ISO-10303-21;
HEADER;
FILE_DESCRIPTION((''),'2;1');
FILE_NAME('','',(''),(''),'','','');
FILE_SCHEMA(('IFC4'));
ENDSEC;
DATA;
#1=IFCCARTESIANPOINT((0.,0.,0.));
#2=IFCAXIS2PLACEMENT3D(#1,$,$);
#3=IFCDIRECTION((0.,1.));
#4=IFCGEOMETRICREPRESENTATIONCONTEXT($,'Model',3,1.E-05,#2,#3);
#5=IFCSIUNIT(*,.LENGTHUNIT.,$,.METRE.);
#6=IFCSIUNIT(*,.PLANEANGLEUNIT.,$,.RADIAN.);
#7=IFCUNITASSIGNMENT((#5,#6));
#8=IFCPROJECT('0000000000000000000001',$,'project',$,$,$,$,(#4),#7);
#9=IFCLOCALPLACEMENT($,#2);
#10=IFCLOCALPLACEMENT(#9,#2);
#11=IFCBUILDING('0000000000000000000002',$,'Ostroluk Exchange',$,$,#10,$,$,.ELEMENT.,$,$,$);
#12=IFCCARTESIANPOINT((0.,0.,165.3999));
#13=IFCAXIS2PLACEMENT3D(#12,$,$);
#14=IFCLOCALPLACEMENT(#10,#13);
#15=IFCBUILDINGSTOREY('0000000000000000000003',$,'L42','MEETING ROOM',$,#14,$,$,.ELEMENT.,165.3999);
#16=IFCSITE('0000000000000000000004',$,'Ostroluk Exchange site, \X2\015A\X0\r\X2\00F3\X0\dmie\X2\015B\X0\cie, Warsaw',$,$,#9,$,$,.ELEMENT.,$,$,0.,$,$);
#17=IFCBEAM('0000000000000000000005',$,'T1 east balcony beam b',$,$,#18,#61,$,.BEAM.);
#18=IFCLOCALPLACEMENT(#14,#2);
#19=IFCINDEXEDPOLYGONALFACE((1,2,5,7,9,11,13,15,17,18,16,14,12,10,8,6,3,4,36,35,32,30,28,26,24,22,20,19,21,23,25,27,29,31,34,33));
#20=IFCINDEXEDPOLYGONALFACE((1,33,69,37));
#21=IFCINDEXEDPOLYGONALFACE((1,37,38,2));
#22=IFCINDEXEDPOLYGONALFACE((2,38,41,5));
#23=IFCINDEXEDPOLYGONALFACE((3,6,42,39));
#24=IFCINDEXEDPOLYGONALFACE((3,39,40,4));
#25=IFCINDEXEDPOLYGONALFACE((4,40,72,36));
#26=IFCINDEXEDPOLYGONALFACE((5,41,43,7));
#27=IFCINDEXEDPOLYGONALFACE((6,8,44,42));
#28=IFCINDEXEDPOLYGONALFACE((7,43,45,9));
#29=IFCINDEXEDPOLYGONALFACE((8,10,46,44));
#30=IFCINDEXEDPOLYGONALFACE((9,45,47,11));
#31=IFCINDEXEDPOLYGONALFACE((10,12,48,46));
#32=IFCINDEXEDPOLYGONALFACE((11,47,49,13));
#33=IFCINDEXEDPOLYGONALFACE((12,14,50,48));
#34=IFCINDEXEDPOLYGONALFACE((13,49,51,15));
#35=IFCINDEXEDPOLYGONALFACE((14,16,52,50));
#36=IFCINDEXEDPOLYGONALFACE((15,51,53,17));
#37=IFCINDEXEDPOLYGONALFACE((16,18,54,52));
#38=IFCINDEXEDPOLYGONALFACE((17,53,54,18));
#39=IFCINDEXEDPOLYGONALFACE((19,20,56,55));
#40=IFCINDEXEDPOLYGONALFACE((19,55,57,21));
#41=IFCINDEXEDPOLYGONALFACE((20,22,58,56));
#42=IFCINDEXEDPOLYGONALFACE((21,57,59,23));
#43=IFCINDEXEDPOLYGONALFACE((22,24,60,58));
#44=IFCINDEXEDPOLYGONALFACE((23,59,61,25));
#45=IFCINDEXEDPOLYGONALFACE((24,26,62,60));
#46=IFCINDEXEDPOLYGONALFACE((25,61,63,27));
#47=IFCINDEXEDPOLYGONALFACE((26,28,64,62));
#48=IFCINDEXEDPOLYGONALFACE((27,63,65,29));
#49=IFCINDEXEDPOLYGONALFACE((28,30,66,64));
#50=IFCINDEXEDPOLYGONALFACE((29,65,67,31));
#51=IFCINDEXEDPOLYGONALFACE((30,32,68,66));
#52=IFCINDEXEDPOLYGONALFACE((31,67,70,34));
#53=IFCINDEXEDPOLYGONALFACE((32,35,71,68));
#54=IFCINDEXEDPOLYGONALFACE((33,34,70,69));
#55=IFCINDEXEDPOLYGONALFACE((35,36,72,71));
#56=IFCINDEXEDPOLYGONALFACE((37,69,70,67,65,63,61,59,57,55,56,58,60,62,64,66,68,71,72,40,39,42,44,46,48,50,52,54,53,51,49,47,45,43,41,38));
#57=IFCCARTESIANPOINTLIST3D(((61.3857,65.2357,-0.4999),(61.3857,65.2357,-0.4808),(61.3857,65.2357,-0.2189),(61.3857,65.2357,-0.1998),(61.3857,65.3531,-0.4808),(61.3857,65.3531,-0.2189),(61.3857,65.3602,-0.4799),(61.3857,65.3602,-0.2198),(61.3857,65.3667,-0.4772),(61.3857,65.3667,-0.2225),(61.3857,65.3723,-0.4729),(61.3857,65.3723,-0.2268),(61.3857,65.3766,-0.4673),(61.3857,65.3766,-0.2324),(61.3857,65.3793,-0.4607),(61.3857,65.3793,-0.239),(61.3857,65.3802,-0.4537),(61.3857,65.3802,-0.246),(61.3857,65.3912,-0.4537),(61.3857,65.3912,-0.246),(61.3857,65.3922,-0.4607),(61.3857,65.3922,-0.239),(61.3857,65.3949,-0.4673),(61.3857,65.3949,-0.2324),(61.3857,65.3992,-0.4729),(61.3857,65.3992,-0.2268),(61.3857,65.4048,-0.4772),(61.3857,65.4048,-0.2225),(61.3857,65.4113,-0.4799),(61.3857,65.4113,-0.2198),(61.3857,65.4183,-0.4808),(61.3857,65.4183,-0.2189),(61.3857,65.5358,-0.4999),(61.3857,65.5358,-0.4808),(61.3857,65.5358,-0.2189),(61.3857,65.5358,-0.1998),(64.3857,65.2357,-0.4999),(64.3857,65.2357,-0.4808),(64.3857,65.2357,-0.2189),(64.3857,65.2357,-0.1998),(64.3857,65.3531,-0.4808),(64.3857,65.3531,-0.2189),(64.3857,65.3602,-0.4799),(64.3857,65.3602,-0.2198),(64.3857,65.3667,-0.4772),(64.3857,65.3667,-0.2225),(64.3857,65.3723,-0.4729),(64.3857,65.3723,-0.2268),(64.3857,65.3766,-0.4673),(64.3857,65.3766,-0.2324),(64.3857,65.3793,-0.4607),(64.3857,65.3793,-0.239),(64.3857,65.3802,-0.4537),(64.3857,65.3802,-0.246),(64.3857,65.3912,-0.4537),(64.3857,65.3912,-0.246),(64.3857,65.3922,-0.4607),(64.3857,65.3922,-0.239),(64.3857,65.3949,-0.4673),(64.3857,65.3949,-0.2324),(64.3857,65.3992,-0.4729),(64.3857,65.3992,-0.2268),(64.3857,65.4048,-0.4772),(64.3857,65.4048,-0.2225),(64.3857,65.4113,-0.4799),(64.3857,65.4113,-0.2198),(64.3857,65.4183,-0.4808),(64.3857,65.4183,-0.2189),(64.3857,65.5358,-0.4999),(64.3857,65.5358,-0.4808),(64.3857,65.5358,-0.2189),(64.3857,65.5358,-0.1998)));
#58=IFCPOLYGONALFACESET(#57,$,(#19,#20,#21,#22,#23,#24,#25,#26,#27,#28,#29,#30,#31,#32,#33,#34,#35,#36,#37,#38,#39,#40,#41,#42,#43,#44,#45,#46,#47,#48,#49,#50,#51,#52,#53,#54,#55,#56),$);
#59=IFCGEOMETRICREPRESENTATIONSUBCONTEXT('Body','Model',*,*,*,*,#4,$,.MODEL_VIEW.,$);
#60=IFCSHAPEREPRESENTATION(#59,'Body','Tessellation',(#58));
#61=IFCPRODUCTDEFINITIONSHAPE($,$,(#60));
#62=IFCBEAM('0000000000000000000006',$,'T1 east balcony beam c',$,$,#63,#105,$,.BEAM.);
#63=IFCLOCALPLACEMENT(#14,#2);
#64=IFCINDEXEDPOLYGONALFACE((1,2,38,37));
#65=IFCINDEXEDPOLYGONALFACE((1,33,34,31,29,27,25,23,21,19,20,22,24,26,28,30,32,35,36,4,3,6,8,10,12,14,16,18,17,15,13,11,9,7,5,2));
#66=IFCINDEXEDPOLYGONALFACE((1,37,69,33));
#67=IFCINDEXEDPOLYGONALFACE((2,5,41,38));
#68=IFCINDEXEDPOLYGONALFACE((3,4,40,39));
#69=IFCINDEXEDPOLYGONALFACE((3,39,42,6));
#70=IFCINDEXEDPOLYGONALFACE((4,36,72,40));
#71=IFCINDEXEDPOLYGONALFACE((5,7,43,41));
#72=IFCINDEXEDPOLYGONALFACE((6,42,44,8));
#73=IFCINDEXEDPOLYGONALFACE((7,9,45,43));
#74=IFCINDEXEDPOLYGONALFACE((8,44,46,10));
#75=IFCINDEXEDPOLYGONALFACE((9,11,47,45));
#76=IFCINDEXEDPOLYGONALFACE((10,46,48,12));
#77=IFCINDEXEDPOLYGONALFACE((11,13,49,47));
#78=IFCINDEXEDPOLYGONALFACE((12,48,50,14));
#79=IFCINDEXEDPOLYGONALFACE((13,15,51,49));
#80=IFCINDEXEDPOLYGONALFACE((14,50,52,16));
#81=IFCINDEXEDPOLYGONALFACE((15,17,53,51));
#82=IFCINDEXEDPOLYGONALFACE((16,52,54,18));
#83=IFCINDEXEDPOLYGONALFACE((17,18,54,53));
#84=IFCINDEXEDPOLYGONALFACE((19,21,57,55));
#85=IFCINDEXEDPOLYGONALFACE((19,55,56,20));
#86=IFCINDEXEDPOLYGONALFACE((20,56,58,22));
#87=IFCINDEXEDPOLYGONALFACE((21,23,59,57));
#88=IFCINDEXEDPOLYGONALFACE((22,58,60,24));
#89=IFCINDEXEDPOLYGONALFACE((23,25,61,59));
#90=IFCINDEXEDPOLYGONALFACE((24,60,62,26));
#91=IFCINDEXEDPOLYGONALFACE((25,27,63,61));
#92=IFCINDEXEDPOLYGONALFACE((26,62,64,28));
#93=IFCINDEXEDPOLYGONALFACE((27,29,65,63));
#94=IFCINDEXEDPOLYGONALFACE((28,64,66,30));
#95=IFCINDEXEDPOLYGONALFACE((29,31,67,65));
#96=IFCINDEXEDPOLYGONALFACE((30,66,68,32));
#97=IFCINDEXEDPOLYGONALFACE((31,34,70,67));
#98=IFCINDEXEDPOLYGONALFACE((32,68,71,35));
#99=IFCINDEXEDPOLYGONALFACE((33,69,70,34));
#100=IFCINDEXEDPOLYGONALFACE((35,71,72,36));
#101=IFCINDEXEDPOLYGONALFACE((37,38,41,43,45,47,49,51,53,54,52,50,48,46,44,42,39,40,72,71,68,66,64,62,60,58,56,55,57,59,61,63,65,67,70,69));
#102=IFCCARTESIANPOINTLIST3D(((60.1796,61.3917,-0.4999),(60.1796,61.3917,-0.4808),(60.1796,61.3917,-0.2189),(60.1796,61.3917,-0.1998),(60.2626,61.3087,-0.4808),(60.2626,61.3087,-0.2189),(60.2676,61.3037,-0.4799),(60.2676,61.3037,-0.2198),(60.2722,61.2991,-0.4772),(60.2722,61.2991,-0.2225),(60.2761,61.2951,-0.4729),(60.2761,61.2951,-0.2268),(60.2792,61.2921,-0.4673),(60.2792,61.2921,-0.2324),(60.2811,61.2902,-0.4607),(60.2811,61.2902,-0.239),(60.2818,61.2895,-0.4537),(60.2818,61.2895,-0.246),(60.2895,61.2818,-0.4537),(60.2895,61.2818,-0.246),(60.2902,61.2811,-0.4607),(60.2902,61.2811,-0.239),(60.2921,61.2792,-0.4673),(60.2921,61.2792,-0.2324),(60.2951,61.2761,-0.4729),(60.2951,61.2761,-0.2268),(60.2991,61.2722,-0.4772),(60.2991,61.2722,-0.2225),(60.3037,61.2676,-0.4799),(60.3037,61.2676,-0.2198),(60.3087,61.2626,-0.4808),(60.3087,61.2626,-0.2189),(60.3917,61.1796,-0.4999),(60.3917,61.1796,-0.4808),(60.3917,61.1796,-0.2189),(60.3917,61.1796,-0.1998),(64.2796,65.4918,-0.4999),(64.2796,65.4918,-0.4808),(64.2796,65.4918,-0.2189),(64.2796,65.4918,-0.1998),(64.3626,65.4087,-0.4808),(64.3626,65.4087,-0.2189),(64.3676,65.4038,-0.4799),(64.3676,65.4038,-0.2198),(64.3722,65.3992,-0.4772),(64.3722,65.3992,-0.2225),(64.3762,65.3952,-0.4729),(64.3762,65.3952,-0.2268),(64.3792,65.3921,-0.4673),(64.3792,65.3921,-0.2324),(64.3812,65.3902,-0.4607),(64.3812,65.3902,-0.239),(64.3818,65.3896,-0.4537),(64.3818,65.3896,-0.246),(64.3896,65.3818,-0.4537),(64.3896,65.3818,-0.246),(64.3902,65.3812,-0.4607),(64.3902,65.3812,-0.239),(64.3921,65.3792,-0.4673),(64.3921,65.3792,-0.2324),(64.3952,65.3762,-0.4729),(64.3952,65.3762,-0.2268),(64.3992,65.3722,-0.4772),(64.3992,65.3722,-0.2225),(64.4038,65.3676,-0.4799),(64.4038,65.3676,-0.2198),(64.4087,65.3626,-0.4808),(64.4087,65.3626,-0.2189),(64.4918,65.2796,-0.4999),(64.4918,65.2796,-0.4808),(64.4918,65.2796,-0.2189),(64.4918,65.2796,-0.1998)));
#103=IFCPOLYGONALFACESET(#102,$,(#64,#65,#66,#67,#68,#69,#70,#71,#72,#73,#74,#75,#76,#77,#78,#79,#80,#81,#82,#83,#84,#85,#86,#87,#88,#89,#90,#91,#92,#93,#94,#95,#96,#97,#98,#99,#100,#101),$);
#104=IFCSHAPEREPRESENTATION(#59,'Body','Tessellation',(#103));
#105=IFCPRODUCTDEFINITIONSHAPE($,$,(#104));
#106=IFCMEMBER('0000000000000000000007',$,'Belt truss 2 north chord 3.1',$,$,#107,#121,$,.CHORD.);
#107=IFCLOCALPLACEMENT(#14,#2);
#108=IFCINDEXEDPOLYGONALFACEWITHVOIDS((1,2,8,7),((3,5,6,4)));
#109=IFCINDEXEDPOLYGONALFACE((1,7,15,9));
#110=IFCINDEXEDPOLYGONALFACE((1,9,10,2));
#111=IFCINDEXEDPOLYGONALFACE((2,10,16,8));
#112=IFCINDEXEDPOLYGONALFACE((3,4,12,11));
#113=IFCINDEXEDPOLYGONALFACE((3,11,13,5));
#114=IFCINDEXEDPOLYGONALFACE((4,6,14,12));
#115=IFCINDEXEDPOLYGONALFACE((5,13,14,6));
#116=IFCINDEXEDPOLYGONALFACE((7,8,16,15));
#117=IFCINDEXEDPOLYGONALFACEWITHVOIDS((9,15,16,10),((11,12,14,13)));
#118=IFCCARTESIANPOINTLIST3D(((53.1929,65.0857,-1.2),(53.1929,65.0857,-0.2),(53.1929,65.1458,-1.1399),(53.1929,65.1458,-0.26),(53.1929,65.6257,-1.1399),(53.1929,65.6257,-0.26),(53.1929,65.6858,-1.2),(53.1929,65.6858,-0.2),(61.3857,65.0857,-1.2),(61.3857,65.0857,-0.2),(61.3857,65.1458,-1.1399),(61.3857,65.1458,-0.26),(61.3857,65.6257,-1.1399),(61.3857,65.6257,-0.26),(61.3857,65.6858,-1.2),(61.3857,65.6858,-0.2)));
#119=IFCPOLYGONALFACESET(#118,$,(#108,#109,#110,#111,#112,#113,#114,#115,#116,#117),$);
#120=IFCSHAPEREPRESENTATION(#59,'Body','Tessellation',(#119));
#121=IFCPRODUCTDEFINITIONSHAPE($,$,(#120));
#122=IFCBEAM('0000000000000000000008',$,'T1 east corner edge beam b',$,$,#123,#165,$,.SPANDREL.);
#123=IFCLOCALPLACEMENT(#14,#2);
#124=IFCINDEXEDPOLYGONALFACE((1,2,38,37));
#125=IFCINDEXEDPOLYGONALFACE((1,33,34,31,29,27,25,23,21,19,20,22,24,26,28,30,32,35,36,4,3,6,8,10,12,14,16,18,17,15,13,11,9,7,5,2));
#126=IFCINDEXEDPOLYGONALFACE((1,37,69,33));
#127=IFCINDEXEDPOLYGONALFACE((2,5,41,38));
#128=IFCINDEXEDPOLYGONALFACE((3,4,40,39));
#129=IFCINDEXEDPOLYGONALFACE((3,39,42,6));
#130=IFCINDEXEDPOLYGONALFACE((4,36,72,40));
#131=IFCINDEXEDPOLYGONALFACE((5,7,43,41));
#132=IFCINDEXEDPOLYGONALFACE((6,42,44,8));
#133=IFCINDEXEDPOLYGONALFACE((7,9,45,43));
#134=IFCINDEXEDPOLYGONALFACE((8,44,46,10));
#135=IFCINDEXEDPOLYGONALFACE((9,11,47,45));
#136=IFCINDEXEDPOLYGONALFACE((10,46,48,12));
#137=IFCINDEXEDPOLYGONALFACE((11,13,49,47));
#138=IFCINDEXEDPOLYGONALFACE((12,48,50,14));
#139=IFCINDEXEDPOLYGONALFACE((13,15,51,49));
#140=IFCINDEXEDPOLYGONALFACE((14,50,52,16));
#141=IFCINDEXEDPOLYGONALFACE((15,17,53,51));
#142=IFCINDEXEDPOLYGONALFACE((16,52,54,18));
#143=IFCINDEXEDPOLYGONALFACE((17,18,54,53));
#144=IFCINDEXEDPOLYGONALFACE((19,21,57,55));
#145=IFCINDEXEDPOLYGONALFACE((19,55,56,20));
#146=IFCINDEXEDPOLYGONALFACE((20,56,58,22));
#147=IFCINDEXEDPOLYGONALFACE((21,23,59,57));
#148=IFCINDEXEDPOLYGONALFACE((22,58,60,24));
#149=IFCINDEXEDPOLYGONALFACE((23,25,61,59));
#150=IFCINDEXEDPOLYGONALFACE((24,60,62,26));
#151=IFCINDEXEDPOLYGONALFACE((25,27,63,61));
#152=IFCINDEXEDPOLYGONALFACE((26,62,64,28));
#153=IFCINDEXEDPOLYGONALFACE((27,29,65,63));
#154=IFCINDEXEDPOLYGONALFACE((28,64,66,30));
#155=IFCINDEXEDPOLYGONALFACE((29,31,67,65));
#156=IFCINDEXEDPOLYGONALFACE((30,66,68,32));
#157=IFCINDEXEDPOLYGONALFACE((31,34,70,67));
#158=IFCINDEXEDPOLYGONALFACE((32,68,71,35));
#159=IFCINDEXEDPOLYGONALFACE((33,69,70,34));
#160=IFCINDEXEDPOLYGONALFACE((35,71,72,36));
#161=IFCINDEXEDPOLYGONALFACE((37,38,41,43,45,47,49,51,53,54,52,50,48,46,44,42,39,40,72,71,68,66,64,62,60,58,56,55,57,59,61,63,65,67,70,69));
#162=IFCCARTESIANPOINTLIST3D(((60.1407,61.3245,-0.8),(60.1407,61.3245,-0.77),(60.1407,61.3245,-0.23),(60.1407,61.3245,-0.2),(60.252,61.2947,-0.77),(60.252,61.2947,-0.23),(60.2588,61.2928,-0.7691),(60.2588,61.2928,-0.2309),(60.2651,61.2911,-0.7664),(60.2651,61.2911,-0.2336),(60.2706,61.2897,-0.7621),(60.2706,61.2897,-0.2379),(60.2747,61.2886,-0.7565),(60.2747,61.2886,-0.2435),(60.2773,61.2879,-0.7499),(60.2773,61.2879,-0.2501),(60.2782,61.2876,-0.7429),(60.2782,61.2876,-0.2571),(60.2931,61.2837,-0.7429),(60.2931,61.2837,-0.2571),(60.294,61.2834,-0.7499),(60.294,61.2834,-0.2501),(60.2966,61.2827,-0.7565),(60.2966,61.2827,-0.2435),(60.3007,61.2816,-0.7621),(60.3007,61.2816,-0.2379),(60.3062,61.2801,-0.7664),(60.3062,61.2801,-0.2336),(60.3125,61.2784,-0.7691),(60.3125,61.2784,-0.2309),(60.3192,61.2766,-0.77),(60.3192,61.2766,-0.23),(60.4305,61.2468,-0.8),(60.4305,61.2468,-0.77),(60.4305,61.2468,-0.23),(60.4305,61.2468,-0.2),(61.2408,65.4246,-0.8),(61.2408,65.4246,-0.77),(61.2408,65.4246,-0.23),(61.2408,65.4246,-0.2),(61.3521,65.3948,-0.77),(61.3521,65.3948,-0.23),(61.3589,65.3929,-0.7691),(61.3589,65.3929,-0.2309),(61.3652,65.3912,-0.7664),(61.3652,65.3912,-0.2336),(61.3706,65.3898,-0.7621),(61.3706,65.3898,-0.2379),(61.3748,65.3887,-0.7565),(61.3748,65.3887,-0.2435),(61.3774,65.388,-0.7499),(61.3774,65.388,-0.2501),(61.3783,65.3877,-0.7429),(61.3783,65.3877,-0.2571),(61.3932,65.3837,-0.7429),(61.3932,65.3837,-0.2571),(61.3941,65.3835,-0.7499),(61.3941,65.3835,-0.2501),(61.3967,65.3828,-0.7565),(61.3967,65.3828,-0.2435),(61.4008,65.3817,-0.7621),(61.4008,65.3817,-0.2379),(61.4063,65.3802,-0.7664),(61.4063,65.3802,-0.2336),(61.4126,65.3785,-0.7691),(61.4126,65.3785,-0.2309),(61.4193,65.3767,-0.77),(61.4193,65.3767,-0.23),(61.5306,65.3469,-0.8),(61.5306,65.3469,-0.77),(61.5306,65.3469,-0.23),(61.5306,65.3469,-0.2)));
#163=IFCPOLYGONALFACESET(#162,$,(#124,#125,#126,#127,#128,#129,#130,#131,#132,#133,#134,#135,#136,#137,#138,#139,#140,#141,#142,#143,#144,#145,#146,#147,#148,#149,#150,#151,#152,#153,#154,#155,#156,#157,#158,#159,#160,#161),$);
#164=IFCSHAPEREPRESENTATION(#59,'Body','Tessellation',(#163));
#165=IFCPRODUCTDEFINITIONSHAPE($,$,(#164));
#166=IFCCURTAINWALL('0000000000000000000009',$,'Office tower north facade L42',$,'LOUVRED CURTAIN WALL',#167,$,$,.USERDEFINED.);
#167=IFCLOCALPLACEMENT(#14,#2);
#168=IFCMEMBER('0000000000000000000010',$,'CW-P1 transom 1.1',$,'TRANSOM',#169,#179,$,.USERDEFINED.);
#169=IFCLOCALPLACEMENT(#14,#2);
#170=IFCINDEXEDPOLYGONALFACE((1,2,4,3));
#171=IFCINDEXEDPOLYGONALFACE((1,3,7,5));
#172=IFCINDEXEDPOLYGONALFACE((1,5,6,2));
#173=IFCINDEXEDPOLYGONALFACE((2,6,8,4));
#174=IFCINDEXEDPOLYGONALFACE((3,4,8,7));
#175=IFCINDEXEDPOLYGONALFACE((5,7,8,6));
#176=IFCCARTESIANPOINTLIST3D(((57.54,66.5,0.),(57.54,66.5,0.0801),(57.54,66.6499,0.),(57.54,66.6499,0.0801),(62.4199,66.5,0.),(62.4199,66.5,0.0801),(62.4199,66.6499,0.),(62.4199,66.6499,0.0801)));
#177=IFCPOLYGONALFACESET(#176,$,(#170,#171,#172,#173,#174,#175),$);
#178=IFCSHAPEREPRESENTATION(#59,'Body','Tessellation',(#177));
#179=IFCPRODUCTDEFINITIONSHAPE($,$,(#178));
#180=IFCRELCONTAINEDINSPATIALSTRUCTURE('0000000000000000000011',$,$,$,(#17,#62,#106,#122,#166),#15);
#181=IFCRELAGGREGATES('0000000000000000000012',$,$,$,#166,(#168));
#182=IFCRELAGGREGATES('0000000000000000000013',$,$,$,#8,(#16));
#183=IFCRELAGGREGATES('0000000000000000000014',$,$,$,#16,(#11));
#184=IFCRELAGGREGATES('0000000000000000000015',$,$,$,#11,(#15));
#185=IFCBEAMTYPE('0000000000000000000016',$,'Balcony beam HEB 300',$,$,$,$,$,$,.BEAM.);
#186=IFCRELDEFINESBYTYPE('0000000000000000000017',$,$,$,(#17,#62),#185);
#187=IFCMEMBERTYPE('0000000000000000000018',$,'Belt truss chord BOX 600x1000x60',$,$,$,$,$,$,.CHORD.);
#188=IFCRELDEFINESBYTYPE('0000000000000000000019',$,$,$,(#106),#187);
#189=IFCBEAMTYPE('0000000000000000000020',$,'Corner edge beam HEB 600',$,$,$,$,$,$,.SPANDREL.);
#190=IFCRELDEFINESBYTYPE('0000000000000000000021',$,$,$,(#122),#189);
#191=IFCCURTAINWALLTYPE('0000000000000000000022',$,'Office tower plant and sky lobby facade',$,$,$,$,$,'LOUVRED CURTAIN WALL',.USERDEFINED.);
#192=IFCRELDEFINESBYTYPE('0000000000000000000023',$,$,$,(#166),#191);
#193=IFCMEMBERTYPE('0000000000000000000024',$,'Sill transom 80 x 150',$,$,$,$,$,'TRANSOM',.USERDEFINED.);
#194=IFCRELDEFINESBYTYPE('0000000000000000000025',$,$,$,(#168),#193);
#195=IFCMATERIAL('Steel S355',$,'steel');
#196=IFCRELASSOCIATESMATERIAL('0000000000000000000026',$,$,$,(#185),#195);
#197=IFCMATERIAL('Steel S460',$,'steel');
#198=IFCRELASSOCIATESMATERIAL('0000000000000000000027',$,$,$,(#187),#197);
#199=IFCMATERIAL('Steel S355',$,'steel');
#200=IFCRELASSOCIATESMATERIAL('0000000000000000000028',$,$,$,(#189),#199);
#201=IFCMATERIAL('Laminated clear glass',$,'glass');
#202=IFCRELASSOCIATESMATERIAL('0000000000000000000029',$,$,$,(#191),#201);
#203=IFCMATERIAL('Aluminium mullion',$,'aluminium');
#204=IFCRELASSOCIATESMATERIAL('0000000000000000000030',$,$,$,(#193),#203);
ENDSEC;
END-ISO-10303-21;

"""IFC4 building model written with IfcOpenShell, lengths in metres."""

from ifc_helpers import new_model, si_unit, direction, frame, origin, origin_2d, place, context, subcontext, project, spatial, rectangle, hollow_rectangle, i_section, extrude, material, material_profile, profile_set, type_object, element, aggregate, save


model = new_model("IFC4")

# Units and contexts
model_context = context("Model", 3, precision=1e-05, world=origin(), true_north=direction((0.0, 1.0)))
body_context = subcontext(model_context, "Body", "Model", "MODEL_VIEW")
ifc_project = project(units=[si_unit("LENGTHUNIT", "METRE"), si_unit("PLANEANGLEUNIT", "RADIAN")], contexts=[model_context])

# Site, building, storey
site_placement = place(None, origin())
site = spatial("IfcSite", under=ifc_project, at=site_placement, Name="Ostroluk Exchange site, Śródmieście, Warsaw", CompositionType="ELEMENT", RefElevation=0.0)
building_placement = place(site_placement, origin())
building = spatial("IfcBuilding", under=site, at=building_placement, Name="Ostroluk Exchange", CompositionType="ELEMENT")
storey_placement = place(building_placement, frame((0.0, 0.0, 165.3999)))
storey = spatial("IfcBuildingStorey", under=building, at=storey_placement, Name="L42", Description="MEETING ROOM", CompositionType="ELEMENT", Elevation=165.3999)

# Beams
ifc_material_1 = material(Name="Steel S355", Category="steel")
ifc_material_profile_1 = material_profile(ifc_material_1, i_section(OverallWidth=0.3, OverallDepth=0.3, WebThickness=0.011, FlangeThickness=0.019, FilletRadius=0.0271, at=origin_2d()), Name="HEB 300")
ifc_profile_set_1 = profile_set([ifc_material_profile_1], Name="Steel S355")
beam_type_1 = type_object("IfcBeamType", Name="Balcony beam HEB 300", PredefinedType="BEAM", material=ifc_profile_set_1)
for number, where, z_axis, x_axis, name in (
    (1, (61.3857, 65.3857, -0.3499), (1.0, 0.0, 0.0), (0.0, 1.0, 0.0), "T1 east balcony beam b"),
):
    element("IfcBeam", number, at=place(storey_placement, frame(where, z_axis=z_axis, x_axis=x_axis)), inside=storey, type_object=beam_type_1, Name=name, PredefinedType="BEAM", context=body_context, shape_type="SweptSolid", body=[
        extrude(i_section(OverallWidth=0.3, OverallDepth=0.3, WebThickness=0.011, FlangeThickness=0.019, FilletRadius=0.0271, at=origin_2d()), origin(), (0.0, 0.0, 1.0), 3.0),
    ])
beam_1_placement = place(storey_placement, frame((60.2856, 61.2856, -0.3499), z_axis=(0.707107, 0.707107, 0.0), x_axis=(-0.707107, 0.707107, 0.0)))
element("IfcBeam", 2, at=beam_1_placement, inside=storey, type_object=beam_type_1, Name="T1 east balcony beam c", PredefinedType="BEAM", context=body_context, shape_type="SweptSolid", body=[
    extrude(i_section(OverallWidth=0.3, OverallDepth=0.3, WebThickness=0.011, FlangeThickness=0.019, FilletRadius=0.0271, at=origin_2d()), origin(), (0.0, 0.0, 1.0), 5.7983),
])

# Member
ifc_material_2 = material(Name="Steel S460", Category="steel")
ifc_material_profile_2 = material_profile(ifc_material_2, hollow_rectangle(XDim=0.6001, YDim=1.0, WallThickness=0.0601, at=origin_2d()), Name="BOX 600x1000x60")
ifc_profile_set_2 = profile_set([ifc_material_profile_2], Name="Steel S460")
member_type_1 = type_object("IfcMemberType", Name="Belt truss chord BOX 600x1000x60", PredefinedType="CHORD", material=ifc_profile_set_2)
member_1_placement = place(storey_placement, frame((61.3857, 65.3857, -0.7), z_axis=(-1.0, 0.0, 0.0), x_axis=(0.0, -1.0, 0.0)))
element("IfcMember", 3, at=member_1_placement, inside=storey, type_object=member_type_1, Name="Belt truss 2 north chord 3.1", PredefinedType="CHORD", context=body_context, shape_type="SweptSolid", body=[
    extrude(hollow_rectangle(XDim=0.6001, YDim=1.0, WallThickness=0.0601, at=origin_2d()), origin(), (0.0, 0.0, 1.0), 8.1929),
])

# Beam
ifc_material_3 = material(Name="Steel S355", Category="steel")
ifc_material_profile_3 = material_profile(ifc_material_3, i_section(OverallWidth=0.3, OverallDepth=0.6001, WebThickness=0.0154, FlangeThickness=0.03, FilletRadius=0.0271, at=origin_2d()), Name="HEB 600")
ifc_profile_set_3 = profile_set([ifc_material_profile_3], Name="Steel S355")
beam_type_2 = type_object("IfcBeamType", Name="Corner edge beam HEB 600", PredefinedType="SPANDREL", material=ifc_profile_set_3)
beam_2_placement = place(storey_placement, frame((60.2856, 61.2856, -0.5), z_axis=(0.259144, 0.965839, 0.0), x_axis=(-0.965839, 0.259144, 0.0)))
element("IfcBeam", 4, at=beam_2_placement, inside=storey, type_object=beam_type_2, Name="T1 east corner edge beam b", PredefinedType="SPANDREL", context=body_context, shape_type="SweptSolid", body=[
    extrude(i_section(OverallWidth=0.3, OverallDepth=0.6001, WebThickness=0.0154, FlangeThickness=0.03, FilletRadius=0.0271, at=origin_2d()), origin(), (0.0, 0.0, 1.0), 4.2451),
])

# Curtain wall, member
ifc_material_4 = material(Name="Laminated clear glass", Category="glass")
curtain_wall_type = type_object("IfcCurtainWallType", Name="Office tower plant and sky lobby facade", ElementType="LOUVRED CURTAIN WALL", PredefinedType="USERDEFINED", material=ifc_material_4)
curtain_wall_1_placement = place(storey_placement, origin())
curtain_wall_1 = element("IfcCurtainWall", 5, at=curtain_wall_1_placement, inside=storey, type_object=curtain_wall_type, Name="Office tower north facade L42", ObjectType="LOUVRED CURTAIN WALL", PredefinedType="USERDEFINED")
ifc_material_5 = material(Name="Aluminium mullion", Category="aluminium")
ifc_material_profile_4 = material_profile(ifc_material_5, rectangle(XDim=0.1499, YDim=0.0801, at=origin_2d()), Name="Sill transom 80 x 150")
ifc_profile_set_4 = profile_set([ifc_material_profile_4], Name="Aluminium mullion")
member_type_2 = type_object("IfcMemberType", Name="Sill transom 80 x 150", ElementType="TRANSOM", PredefinedType="USERDEFINED", material=ifc_profile_set_4)
member_2_placement = place(storey_placement, frame((62.4199, 66.575, 0.04), z_axis=(-1.0, 0.0, 0.0), x_axis=(0.0, -1.0, 0.0)))
member_2 = element("IfcMember", 6, at=member_2_placement, type_object=member_type_2, Name="CW-P1 transom 1.1", ObjectType="TRANSOM", PredefinedType="USERDEFINED", context=body_context, shape_type="SweptSolid", body=[
    extrude(rectangle(XDim=0.1499, YDim=0.0801, at=origin_2d()), origin(), (0.0, 0.0, 1.0), 4.8799),
])

aggregate(curtain_wall_1, [member_2])

save(model, "model.ifc")
